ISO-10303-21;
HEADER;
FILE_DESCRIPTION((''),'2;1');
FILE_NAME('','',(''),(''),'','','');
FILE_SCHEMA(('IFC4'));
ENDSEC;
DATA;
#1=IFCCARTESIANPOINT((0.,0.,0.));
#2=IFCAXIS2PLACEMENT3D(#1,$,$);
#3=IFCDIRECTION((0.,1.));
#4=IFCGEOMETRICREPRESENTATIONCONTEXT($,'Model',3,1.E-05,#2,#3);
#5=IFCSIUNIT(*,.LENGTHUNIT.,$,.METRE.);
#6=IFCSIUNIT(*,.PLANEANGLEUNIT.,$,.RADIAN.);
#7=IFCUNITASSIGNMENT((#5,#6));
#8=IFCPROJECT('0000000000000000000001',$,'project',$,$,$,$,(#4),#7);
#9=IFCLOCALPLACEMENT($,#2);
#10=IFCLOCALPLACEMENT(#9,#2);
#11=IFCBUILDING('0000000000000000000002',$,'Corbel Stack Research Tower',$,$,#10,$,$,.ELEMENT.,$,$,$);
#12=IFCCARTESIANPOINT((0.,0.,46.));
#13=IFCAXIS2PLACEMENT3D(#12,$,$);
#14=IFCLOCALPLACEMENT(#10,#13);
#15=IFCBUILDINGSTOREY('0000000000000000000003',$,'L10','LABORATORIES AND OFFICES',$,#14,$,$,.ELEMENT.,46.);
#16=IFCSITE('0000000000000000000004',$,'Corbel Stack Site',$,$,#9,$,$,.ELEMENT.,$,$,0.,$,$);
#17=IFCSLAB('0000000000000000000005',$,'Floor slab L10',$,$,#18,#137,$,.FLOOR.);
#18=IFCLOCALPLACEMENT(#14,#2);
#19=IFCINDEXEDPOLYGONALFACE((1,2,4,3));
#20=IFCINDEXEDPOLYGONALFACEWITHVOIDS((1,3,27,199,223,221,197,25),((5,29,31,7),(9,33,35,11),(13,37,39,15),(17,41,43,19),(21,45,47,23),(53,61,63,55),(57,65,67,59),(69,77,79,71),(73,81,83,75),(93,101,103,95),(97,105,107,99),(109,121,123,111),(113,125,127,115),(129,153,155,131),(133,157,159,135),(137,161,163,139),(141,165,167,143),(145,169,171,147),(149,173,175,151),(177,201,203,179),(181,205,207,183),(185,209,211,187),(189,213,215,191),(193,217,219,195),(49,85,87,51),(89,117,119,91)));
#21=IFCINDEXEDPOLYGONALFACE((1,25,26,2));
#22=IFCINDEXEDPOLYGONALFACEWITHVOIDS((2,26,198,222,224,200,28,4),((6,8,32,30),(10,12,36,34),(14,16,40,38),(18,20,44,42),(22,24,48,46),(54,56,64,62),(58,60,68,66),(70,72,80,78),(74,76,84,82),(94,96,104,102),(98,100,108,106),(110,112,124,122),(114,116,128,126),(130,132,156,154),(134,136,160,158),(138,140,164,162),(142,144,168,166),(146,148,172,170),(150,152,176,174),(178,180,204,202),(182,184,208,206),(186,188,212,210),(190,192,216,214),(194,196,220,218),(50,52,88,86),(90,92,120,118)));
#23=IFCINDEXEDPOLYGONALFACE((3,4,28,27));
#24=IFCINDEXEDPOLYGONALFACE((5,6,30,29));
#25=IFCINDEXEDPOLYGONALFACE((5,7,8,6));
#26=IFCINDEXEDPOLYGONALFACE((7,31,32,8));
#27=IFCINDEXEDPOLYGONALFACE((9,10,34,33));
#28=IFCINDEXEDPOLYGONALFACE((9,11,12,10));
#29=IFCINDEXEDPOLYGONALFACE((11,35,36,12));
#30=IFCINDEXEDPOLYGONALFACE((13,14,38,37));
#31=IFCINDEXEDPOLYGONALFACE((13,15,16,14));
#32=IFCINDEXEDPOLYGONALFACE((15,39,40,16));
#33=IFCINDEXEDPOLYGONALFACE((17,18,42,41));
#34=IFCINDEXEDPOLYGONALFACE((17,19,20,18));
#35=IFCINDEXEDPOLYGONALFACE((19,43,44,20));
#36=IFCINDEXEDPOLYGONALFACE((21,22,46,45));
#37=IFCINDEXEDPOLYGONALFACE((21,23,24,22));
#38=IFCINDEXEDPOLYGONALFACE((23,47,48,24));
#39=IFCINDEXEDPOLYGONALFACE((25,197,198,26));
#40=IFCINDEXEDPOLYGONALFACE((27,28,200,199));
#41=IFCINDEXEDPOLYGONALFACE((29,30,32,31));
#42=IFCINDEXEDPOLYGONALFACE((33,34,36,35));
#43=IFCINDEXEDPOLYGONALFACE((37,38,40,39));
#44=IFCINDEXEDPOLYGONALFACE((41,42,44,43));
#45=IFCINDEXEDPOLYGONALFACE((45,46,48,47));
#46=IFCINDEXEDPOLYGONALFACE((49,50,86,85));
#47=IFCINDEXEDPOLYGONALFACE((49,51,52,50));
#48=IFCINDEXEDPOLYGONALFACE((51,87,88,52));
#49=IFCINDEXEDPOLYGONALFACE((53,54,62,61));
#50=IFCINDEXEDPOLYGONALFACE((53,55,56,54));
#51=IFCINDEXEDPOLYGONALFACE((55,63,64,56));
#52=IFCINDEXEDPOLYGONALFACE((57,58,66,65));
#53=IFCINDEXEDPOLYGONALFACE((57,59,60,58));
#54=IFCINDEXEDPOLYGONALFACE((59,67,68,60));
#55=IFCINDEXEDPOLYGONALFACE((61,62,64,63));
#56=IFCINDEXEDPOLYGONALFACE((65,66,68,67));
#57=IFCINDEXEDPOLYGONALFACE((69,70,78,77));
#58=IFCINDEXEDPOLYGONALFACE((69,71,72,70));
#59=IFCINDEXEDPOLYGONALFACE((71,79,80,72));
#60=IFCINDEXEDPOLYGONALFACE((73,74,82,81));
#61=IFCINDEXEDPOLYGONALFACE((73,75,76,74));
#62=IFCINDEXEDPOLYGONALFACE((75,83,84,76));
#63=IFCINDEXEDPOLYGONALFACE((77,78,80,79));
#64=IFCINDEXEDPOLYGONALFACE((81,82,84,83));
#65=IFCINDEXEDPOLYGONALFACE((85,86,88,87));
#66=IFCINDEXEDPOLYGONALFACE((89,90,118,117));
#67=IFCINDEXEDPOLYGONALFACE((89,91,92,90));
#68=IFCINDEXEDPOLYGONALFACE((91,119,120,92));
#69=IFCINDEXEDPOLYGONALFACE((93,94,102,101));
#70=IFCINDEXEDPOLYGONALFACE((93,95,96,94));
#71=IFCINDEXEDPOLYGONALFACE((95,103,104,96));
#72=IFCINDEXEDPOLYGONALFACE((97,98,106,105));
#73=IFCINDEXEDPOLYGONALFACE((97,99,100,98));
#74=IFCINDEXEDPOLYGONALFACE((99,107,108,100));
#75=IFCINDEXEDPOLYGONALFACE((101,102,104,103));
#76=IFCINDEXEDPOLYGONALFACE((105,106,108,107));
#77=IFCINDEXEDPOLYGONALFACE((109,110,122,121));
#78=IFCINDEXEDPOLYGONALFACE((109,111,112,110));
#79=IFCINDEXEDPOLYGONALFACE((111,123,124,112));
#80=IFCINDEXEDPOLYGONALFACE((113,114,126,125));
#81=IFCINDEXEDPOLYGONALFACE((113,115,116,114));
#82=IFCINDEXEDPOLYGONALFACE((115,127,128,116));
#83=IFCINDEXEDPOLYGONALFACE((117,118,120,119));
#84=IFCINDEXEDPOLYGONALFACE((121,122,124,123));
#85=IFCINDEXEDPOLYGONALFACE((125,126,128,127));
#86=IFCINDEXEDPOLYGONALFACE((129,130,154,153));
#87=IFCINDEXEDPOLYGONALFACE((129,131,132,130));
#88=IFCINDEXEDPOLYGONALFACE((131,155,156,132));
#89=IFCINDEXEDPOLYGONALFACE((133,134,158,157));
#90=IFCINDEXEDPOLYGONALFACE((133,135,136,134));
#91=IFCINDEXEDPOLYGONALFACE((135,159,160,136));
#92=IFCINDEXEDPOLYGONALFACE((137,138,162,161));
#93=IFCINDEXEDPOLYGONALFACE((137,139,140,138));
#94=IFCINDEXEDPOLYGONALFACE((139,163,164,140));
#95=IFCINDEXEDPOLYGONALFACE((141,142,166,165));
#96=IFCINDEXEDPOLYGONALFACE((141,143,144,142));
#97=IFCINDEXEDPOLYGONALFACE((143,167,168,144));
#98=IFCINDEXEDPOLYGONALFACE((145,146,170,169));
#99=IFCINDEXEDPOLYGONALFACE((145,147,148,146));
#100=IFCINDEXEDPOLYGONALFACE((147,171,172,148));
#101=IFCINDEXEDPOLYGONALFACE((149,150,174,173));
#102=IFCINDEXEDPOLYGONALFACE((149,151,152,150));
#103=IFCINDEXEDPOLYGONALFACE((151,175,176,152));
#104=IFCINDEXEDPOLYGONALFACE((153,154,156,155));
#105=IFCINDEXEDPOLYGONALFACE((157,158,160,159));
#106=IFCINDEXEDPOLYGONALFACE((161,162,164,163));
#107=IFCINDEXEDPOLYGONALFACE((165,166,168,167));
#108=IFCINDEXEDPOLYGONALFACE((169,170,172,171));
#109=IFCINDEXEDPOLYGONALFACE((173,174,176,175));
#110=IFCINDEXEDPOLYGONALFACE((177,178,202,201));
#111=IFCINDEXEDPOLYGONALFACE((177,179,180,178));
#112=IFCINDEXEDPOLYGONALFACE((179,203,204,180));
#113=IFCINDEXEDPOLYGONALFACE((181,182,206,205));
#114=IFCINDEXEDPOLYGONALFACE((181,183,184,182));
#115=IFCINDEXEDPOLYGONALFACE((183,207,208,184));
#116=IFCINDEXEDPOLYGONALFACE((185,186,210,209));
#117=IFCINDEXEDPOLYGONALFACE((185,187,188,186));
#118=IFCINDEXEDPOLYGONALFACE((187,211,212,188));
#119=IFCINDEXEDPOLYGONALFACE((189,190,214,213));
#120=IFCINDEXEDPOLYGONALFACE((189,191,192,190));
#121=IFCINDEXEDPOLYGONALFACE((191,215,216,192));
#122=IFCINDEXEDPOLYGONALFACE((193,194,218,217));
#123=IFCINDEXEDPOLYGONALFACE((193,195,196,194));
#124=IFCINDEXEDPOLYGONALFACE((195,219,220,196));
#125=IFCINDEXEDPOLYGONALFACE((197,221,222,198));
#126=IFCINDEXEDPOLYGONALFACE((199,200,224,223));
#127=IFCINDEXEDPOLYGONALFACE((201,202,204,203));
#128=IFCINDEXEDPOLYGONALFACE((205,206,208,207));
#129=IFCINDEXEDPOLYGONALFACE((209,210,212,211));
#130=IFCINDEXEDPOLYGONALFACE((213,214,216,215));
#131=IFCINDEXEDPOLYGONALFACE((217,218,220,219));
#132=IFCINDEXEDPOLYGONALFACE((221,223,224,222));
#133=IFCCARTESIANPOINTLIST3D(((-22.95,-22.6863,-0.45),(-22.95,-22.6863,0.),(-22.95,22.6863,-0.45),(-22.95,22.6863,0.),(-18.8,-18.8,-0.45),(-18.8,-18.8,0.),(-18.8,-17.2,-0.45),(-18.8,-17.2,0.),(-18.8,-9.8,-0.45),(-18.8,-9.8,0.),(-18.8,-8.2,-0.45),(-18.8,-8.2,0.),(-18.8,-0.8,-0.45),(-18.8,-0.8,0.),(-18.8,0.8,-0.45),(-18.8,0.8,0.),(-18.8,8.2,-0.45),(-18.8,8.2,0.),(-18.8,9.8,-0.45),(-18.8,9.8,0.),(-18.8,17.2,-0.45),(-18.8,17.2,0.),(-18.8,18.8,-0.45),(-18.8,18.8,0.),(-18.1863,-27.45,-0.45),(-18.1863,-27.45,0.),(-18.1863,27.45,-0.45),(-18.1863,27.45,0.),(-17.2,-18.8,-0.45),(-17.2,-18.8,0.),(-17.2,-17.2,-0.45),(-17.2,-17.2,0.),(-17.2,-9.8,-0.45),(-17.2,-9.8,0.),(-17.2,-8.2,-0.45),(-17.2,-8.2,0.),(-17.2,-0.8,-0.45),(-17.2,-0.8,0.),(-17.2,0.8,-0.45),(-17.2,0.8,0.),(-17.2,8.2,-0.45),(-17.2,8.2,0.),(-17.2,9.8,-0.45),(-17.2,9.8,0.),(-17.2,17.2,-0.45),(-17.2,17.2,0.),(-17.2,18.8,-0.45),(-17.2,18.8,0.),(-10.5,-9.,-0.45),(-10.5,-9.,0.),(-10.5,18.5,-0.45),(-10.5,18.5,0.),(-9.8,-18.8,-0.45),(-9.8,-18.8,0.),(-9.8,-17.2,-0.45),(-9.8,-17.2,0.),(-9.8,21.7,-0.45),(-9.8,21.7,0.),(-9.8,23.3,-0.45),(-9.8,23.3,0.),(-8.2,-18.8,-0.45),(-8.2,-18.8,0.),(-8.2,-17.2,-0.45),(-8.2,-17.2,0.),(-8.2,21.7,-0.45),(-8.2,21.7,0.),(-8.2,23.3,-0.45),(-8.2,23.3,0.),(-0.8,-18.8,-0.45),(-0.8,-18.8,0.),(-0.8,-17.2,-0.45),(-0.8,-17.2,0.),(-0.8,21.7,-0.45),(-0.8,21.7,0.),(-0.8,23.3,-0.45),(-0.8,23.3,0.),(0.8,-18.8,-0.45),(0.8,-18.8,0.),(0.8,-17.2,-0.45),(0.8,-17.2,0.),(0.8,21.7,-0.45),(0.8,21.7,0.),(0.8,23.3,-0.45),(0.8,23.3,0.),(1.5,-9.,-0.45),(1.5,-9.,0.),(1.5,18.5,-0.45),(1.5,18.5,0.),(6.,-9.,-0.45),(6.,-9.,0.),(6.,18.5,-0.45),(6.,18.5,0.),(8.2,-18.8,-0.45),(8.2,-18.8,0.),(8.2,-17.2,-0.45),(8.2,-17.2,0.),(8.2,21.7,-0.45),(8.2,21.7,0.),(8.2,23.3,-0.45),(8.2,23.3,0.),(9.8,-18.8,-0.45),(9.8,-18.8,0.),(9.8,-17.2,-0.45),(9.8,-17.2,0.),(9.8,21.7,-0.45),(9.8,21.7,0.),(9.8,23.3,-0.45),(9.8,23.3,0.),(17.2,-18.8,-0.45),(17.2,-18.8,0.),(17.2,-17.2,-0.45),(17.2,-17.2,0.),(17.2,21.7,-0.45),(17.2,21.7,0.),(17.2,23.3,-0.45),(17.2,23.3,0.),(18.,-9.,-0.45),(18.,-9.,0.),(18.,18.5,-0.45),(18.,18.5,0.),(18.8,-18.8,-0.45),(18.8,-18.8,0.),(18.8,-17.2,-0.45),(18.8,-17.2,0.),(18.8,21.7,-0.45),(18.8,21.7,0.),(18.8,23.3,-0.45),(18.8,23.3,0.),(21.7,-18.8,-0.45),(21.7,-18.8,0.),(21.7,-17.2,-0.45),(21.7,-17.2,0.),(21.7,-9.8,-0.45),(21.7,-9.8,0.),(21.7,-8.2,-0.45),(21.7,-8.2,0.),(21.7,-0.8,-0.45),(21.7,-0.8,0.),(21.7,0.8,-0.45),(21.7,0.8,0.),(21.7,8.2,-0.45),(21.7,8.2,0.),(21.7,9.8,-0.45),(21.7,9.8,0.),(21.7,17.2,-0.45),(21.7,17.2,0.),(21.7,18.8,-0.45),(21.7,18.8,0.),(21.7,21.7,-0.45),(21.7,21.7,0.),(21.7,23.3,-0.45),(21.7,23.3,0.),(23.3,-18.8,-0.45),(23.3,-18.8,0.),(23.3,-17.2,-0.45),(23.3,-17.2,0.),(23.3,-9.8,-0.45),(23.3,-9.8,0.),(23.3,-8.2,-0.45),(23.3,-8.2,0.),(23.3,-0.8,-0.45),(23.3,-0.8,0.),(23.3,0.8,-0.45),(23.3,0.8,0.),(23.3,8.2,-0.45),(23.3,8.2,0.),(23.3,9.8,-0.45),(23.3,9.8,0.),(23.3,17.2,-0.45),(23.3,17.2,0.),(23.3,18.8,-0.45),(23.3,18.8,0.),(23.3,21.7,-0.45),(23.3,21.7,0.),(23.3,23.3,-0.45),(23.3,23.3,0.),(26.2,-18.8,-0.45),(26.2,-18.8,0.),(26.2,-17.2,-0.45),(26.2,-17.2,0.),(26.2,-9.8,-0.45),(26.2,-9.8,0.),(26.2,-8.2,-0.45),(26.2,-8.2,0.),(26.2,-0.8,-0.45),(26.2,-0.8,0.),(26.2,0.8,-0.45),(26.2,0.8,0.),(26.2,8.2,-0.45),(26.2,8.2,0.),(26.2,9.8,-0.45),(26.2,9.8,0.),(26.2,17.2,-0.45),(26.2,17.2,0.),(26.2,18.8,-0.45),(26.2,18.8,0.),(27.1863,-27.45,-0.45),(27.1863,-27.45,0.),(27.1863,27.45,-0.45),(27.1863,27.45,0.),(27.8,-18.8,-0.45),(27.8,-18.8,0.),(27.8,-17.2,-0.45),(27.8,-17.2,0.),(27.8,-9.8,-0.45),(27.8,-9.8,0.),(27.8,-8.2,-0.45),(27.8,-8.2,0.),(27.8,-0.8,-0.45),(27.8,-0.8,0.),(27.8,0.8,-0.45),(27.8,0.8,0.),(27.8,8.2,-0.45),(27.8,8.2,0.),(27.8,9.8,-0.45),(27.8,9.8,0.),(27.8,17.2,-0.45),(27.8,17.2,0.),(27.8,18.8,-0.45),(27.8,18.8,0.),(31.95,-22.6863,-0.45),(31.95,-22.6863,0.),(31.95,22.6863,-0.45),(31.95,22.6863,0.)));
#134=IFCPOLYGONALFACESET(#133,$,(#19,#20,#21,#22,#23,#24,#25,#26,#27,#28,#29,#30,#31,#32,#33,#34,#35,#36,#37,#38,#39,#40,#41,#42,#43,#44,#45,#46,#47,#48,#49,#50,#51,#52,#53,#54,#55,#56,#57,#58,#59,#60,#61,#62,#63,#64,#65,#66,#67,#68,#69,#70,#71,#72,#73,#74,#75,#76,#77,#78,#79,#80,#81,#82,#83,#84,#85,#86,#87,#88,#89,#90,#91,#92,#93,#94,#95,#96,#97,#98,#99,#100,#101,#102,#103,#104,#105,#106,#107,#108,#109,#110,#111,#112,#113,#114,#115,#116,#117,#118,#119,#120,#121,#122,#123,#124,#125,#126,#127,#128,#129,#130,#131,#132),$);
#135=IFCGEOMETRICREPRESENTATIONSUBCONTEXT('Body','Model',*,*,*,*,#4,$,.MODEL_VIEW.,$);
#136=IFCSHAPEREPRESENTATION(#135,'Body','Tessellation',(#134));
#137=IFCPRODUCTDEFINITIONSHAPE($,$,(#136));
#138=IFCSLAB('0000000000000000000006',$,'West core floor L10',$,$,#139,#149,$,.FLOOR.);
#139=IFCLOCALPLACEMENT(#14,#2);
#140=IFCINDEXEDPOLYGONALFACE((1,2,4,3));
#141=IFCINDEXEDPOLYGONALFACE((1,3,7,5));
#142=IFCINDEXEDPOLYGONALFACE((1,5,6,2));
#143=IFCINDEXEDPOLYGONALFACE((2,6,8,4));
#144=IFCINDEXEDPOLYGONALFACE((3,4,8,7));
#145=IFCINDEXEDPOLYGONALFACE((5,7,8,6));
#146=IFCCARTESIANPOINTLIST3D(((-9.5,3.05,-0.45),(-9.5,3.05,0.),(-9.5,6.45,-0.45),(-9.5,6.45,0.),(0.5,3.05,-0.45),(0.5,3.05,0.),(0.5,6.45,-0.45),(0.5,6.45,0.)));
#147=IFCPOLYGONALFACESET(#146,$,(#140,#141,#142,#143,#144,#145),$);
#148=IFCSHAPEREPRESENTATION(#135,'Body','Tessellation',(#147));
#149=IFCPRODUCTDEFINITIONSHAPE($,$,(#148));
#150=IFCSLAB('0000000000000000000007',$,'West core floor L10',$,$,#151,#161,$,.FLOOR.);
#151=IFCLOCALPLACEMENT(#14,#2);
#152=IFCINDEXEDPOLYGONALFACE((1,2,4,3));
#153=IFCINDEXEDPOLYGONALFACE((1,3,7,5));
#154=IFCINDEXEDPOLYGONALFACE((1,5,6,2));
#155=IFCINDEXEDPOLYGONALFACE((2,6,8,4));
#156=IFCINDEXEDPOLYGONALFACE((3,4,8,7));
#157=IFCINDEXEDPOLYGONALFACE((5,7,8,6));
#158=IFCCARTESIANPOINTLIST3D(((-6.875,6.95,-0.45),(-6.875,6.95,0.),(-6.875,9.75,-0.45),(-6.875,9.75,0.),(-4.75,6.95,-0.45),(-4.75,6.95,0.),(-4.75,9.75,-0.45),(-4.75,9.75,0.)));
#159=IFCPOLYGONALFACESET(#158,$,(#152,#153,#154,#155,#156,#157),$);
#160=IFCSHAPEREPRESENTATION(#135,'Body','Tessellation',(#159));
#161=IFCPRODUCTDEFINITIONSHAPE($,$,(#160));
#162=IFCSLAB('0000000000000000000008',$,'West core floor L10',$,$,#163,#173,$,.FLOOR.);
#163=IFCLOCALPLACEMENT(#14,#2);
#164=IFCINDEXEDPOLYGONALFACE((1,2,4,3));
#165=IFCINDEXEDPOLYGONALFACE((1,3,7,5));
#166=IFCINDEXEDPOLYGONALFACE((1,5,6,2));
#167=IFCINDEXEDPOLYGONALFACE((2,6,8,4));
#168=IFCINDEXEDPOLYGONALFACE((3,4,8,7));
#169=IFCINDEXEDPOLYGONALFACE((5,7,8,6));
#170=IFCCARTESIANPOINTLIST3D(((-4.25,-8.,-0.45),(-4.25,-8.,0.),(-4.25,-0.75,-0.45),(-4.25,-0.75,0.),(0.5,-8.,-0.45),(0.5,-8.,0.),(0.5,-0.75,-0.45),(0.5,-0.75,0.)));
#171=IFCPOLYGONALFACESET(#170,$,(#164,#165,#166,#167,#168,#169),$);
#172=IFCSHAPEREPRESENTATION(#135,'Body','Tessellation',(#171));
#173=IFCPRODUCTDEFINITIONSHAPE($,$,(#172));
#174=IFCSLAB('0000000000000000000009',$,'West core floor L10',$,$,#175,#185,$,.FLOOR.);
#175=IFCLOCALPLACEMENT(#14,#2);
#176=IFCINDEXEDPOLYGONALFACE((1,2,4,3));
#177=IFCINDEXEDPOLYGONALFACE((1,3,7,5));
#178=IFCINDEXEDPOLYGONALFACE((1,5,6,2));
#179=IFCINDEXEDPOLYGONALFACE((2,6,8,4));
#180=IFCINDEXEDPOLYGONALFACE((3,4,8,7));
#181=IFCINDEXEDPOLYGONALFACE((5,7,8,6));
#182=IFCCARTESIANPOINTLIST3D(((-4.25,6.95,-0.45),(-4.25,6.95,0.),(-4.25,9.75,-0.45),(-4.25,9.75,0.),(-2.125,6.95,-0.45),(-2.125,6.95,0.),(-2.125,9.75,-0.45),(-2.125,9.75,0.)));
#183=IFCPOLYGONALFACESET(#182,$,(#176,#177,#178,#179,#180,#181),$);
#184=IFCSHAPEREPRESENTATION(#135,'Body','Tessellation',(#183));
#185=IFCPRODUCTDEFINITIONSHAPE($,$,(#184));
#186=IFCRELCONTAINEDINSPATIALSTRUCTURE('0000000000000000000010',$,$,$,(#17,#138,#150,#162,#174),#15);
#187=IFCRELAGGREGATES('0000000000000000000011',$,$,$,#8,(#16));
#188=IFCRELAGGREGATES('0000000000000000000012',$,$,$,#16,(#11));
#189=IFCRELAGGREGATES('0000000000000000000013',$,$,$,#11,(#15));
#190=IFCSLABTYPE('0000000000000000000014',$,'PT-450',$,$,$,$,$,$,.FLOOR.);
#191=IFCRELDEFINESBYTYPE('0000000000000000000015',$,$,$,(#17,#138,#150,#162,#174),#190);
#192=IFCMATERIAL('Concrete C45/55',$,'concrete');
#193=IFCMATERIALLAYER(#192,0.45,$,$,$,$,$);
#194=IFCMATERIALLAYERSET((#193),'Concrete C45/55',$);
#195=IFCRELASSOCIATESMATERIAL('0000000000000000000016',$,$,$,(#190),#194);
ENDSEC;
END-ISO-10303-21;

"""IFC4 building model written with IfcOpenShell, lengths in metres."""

from ifc_helpers import new_model, si_unit, direction, frame, origin, place, context, subcontext, project, spatial, polyline, outline, extrude, material, layer, layer_set, type_object, element, save


model = new_model("IFC4")

# Units and contexts
model_context = context("Model", 3, precision=1e-05, world=origin(), true_north=direction((0.0, 1.0)))
body_context = subcontext(model_context, "Body", "Model", "MODEL_VIEW")
ifc_project = project(units=[si_unit("LENGTHUNIT", "METRE"), si_unit("PLANEANGLEUNIT", "RADIAN")], contexts=[model_context])

# Site, building, storey
site_placement = place(None, origin())
site = spatial("IfcSite", under=ifc_project, at=site_placement, Name="Corbel Stack Site", CompositionType="ELEMENT", RefElevation=0.0)
building_placement = place(site_placement, origin())
building = spatial("IfcBuilding", under=site, at=building_placement, Name="Corbel Stack Research Tower", CompositionType="ELEMENT")
storey_placement = place(building_placement, frame((0.0, 0.0, 46.0)))
storey = spatial("IfcBuildingStorey", under=building, at=storey_placement, Name="L10", Description="LABORATORIES AND OFFICES", CompositionType="ELEMENT", Elevation=46.0)

# Slabs
ifc_material_1 = material(Name="Concrete C45/55", Category="concrete")
ifc_layer_1 = layer(ifc_material_1, 0.45)
ifc_layer_set_1 = layer_set([ifc_layer_1], Name="Concrete C45/55")
slab_type = type_object("IfcSlabType", Name="PT-450", PredefinedType="FLOOR", material=ifc_layer_set_1)
slab_1_placement = place(storey_placement, frame((0.0, 0.0, -0.45)))
element("IfcSlab", 1, at=slab_1_placement, inside=storey, type_object=slab_type, Name="Floor slab L10", PredefinedType="FLOOR", context=body_context, shape_type="SweptSolid", body=[
    extrude(outline(polyline([(-18.1863, -27.45), (27.1863, -27.45), (31.95, -22.6863), (31.95, 22.6863), (27.1863, 27.45), (-18.1863, 27.45), (-22.95, 22.6863), (-22.95, -22.6863), (-18.1863, -27.45)]), holes=[polyline([(26.2, 17.2), (26.2, 18.8), (27.8, 18.8), (27.8, 17.2), (26.2, 17.2)]), polyline([(26.2, 8.2), (26.2, 9.8), (27.8, 9.8), (27.8, 8.2), (26.2, 8.2)]), polyline([(27.8, -0.8), (26.2, -0.8), (26.2, 0.8), (27.8, 0.8), (27.8, -0.8)]), polyline([(26.2, -9.8), (26.2, -8.2), (27.8, -8.2), (27.8, -9.8), (26.2, -9.8)]), polyline([(26.2, -18.8), (26.2, -17.2), (27.8, -17.2), (27.8, -18.8), (26.2, -18.8)]), polyline([(21.7, 21.7), (21.7, 23.3), (23.3, 23.3), (23.3, 21.7), (21.7, 21.7)]), polyline([(21.7, 17.2), (21.7, 18.8), (23.3, 18.8), (23.3, 17.2), (21.7, 17.2)]), polyline([(21.7, 8.2), (21.7, 9.8), (23.3, 9.8), (23.3, 8.2), (21.7, 8.2)]), polyline([(21.7, -0.8), (21.7, 0.8), (23.3, 0.8), (23.3, -0.8), (21.7, -0.8)]), polyline([(23.3, -9.8), (21.7, -9.8), (21.7, -8.2), (23.3, -8.2), (23.3, -9.8)]), polyline([(21.7, -18.8), (21.7, -17.2), (23.3, -17.2), (23.3, -18.8), (21.7, -18.8)]), polyline([(17.2, 21.7), (17.2, 23.3), (18.8, 23.3), (18.8, 21.7), (17.2, 21.7)]), polyline([(18.8, -18.8), (17.2, -18.8), (17.2, -17.2), (18.8, -17.2), (18.8, -18.8)]), polyline([(6.0, -9.0), (6.0, 18.5), (18.0, 18.5), (18.0, -9.0), (6.0, -9.0)]), polyline([(8.2, 21.7), (8.2, 23.3), (9.8, 23.3), (9.8, 21.7), (8.2, 21.7)]), polyline([(9.8, -18.8), (8.2, -18.8), (8.2, -17.2), (9.8, -17.2), (9.8, -18.8)]), polyline([(1.5, -9.0), (-10.5, -9.0), (-10.5, 18.5), (1.5, 18.5), (1.5, -9.0)]), polyline([(-0.8, 21.7), (-0.8, 23.3), (0.8, 23.3), (0.8, 21.7), (-0.8, 21.7)]), polyline([(-0.8, -18.8), (-0.8, -17.2), (0.8, -17.2), (0.8, -18.8), (-0.8, -18.8)]), polyline([(-9.8, 21.7), (-9.8, 23.3), (-8.2, 23.3), (-8.2, 21.7), (-9.8, 21.7)]), polyline([(-9.8, -18.8), (-9.8, -17.2), (-8.2, -17.2), (-8.2, -18.8), (-9.8, -18.8)]), polyline([(-18.8, 17.2), (-18.8, 18.8), (-17.2, 18.8), (-17.2, 17.2), (-18.8, 17.2)]), polyline([(-18.8, 8.2), (-18.8, 9.8), (-17.2, 9.8), (-17.2, 8.2), (-18.8, 8.2)]), polyline([(-18.8, -0.8), (-18.8, 0.8), (-17.2, 0.8), (-17.2, -0.8), (-18.8, -0.8)]), polyline([(-18.8, -9.8), (-18.8, -8.2), (-17.2, -8.2), (-17.2, -9.8), (-18.8, -9.8)]), polyline([(-17.2, -18.8), (-18.8, -18.8), (-18.8, -17.2), (-17.2, -17.2), (-17.2, -18.8)])]), origin(), (0.0, 0.0, 1.0), 0.45),
])
slab_2_placement = place(storey_placement, frame((0.0, 0.0, -0.45)))
element("IfcSlab", 2, at=slab_2_placement, inside=storey, type_object=slab_type, Name="West core floor L10", PredefinedType="FLOOR", context=body_context, shape_type="SweptSolid", body=[
    extrude(outline(polyline([(-9.5, 6.45), (-9.5, 3.05), (0.5, 3.05), (0.5, 6.45), (-9.5, 6.45)])), origin(), (0.0, 0.0, 1.0), 0.45),
])
slab_3_placement = place(storey_placement, frame((0.0, 0.0, -0.45)))
element("IfcSlab", 3, at=slab_3_placement, inside=storey, type_object=slab_type, Name="West core floor L10", PredefinedType="FLOOR", context=body_context, shape_type="SweptSolid", body=[
    extrude(outline(polyline([(-6.875, 6.95), (-4.75, 6.95), (-4.75, 9.75), (-6.875, 9.75), (-6.875, 6.95)])), origin(), (0.0, 0.0, 1.0), 0.45),
])
slab_4_placement = place(storey_placement, frame((0.0, 0.0, -0.45)))
element("IfcSlab", 4, at=slab_4_placement, inside=storey, type_object=slab_type, Name="West core floor L10", PredefinedType="FLOOR", context=body_context, shape_type="SweptSolid", body=[
    extrude(outline(polyline([(-4.25, -0.75), (-4.25, -8.0), (0.5, -8.0), (0.5, -0.75), (-4.25, -0.75)])), origin(), (0.0, 0.0, 1.0), 0.45),
])
slab_5_placement = place(storey_placement, frame((0.0, 0.0, -0.45)))
element("IfcSlab", 5, at=slab_5_placement, inside=storey, type_object=slab_type, Name="West core floor L10", PredefinedType="FLOOR", context=body_context, shape_type="SweptSolid", body=[
    extrude(outline(polyline([(-2.125, 6.95), (-2.125, 9.75), (-4.25, 9.75), (-4.25, 6.95), (-2.125, 6.95)])), origin(), (0.0, 0.0, 1.0), 0.45),
])

save(model, "model.ifc")
